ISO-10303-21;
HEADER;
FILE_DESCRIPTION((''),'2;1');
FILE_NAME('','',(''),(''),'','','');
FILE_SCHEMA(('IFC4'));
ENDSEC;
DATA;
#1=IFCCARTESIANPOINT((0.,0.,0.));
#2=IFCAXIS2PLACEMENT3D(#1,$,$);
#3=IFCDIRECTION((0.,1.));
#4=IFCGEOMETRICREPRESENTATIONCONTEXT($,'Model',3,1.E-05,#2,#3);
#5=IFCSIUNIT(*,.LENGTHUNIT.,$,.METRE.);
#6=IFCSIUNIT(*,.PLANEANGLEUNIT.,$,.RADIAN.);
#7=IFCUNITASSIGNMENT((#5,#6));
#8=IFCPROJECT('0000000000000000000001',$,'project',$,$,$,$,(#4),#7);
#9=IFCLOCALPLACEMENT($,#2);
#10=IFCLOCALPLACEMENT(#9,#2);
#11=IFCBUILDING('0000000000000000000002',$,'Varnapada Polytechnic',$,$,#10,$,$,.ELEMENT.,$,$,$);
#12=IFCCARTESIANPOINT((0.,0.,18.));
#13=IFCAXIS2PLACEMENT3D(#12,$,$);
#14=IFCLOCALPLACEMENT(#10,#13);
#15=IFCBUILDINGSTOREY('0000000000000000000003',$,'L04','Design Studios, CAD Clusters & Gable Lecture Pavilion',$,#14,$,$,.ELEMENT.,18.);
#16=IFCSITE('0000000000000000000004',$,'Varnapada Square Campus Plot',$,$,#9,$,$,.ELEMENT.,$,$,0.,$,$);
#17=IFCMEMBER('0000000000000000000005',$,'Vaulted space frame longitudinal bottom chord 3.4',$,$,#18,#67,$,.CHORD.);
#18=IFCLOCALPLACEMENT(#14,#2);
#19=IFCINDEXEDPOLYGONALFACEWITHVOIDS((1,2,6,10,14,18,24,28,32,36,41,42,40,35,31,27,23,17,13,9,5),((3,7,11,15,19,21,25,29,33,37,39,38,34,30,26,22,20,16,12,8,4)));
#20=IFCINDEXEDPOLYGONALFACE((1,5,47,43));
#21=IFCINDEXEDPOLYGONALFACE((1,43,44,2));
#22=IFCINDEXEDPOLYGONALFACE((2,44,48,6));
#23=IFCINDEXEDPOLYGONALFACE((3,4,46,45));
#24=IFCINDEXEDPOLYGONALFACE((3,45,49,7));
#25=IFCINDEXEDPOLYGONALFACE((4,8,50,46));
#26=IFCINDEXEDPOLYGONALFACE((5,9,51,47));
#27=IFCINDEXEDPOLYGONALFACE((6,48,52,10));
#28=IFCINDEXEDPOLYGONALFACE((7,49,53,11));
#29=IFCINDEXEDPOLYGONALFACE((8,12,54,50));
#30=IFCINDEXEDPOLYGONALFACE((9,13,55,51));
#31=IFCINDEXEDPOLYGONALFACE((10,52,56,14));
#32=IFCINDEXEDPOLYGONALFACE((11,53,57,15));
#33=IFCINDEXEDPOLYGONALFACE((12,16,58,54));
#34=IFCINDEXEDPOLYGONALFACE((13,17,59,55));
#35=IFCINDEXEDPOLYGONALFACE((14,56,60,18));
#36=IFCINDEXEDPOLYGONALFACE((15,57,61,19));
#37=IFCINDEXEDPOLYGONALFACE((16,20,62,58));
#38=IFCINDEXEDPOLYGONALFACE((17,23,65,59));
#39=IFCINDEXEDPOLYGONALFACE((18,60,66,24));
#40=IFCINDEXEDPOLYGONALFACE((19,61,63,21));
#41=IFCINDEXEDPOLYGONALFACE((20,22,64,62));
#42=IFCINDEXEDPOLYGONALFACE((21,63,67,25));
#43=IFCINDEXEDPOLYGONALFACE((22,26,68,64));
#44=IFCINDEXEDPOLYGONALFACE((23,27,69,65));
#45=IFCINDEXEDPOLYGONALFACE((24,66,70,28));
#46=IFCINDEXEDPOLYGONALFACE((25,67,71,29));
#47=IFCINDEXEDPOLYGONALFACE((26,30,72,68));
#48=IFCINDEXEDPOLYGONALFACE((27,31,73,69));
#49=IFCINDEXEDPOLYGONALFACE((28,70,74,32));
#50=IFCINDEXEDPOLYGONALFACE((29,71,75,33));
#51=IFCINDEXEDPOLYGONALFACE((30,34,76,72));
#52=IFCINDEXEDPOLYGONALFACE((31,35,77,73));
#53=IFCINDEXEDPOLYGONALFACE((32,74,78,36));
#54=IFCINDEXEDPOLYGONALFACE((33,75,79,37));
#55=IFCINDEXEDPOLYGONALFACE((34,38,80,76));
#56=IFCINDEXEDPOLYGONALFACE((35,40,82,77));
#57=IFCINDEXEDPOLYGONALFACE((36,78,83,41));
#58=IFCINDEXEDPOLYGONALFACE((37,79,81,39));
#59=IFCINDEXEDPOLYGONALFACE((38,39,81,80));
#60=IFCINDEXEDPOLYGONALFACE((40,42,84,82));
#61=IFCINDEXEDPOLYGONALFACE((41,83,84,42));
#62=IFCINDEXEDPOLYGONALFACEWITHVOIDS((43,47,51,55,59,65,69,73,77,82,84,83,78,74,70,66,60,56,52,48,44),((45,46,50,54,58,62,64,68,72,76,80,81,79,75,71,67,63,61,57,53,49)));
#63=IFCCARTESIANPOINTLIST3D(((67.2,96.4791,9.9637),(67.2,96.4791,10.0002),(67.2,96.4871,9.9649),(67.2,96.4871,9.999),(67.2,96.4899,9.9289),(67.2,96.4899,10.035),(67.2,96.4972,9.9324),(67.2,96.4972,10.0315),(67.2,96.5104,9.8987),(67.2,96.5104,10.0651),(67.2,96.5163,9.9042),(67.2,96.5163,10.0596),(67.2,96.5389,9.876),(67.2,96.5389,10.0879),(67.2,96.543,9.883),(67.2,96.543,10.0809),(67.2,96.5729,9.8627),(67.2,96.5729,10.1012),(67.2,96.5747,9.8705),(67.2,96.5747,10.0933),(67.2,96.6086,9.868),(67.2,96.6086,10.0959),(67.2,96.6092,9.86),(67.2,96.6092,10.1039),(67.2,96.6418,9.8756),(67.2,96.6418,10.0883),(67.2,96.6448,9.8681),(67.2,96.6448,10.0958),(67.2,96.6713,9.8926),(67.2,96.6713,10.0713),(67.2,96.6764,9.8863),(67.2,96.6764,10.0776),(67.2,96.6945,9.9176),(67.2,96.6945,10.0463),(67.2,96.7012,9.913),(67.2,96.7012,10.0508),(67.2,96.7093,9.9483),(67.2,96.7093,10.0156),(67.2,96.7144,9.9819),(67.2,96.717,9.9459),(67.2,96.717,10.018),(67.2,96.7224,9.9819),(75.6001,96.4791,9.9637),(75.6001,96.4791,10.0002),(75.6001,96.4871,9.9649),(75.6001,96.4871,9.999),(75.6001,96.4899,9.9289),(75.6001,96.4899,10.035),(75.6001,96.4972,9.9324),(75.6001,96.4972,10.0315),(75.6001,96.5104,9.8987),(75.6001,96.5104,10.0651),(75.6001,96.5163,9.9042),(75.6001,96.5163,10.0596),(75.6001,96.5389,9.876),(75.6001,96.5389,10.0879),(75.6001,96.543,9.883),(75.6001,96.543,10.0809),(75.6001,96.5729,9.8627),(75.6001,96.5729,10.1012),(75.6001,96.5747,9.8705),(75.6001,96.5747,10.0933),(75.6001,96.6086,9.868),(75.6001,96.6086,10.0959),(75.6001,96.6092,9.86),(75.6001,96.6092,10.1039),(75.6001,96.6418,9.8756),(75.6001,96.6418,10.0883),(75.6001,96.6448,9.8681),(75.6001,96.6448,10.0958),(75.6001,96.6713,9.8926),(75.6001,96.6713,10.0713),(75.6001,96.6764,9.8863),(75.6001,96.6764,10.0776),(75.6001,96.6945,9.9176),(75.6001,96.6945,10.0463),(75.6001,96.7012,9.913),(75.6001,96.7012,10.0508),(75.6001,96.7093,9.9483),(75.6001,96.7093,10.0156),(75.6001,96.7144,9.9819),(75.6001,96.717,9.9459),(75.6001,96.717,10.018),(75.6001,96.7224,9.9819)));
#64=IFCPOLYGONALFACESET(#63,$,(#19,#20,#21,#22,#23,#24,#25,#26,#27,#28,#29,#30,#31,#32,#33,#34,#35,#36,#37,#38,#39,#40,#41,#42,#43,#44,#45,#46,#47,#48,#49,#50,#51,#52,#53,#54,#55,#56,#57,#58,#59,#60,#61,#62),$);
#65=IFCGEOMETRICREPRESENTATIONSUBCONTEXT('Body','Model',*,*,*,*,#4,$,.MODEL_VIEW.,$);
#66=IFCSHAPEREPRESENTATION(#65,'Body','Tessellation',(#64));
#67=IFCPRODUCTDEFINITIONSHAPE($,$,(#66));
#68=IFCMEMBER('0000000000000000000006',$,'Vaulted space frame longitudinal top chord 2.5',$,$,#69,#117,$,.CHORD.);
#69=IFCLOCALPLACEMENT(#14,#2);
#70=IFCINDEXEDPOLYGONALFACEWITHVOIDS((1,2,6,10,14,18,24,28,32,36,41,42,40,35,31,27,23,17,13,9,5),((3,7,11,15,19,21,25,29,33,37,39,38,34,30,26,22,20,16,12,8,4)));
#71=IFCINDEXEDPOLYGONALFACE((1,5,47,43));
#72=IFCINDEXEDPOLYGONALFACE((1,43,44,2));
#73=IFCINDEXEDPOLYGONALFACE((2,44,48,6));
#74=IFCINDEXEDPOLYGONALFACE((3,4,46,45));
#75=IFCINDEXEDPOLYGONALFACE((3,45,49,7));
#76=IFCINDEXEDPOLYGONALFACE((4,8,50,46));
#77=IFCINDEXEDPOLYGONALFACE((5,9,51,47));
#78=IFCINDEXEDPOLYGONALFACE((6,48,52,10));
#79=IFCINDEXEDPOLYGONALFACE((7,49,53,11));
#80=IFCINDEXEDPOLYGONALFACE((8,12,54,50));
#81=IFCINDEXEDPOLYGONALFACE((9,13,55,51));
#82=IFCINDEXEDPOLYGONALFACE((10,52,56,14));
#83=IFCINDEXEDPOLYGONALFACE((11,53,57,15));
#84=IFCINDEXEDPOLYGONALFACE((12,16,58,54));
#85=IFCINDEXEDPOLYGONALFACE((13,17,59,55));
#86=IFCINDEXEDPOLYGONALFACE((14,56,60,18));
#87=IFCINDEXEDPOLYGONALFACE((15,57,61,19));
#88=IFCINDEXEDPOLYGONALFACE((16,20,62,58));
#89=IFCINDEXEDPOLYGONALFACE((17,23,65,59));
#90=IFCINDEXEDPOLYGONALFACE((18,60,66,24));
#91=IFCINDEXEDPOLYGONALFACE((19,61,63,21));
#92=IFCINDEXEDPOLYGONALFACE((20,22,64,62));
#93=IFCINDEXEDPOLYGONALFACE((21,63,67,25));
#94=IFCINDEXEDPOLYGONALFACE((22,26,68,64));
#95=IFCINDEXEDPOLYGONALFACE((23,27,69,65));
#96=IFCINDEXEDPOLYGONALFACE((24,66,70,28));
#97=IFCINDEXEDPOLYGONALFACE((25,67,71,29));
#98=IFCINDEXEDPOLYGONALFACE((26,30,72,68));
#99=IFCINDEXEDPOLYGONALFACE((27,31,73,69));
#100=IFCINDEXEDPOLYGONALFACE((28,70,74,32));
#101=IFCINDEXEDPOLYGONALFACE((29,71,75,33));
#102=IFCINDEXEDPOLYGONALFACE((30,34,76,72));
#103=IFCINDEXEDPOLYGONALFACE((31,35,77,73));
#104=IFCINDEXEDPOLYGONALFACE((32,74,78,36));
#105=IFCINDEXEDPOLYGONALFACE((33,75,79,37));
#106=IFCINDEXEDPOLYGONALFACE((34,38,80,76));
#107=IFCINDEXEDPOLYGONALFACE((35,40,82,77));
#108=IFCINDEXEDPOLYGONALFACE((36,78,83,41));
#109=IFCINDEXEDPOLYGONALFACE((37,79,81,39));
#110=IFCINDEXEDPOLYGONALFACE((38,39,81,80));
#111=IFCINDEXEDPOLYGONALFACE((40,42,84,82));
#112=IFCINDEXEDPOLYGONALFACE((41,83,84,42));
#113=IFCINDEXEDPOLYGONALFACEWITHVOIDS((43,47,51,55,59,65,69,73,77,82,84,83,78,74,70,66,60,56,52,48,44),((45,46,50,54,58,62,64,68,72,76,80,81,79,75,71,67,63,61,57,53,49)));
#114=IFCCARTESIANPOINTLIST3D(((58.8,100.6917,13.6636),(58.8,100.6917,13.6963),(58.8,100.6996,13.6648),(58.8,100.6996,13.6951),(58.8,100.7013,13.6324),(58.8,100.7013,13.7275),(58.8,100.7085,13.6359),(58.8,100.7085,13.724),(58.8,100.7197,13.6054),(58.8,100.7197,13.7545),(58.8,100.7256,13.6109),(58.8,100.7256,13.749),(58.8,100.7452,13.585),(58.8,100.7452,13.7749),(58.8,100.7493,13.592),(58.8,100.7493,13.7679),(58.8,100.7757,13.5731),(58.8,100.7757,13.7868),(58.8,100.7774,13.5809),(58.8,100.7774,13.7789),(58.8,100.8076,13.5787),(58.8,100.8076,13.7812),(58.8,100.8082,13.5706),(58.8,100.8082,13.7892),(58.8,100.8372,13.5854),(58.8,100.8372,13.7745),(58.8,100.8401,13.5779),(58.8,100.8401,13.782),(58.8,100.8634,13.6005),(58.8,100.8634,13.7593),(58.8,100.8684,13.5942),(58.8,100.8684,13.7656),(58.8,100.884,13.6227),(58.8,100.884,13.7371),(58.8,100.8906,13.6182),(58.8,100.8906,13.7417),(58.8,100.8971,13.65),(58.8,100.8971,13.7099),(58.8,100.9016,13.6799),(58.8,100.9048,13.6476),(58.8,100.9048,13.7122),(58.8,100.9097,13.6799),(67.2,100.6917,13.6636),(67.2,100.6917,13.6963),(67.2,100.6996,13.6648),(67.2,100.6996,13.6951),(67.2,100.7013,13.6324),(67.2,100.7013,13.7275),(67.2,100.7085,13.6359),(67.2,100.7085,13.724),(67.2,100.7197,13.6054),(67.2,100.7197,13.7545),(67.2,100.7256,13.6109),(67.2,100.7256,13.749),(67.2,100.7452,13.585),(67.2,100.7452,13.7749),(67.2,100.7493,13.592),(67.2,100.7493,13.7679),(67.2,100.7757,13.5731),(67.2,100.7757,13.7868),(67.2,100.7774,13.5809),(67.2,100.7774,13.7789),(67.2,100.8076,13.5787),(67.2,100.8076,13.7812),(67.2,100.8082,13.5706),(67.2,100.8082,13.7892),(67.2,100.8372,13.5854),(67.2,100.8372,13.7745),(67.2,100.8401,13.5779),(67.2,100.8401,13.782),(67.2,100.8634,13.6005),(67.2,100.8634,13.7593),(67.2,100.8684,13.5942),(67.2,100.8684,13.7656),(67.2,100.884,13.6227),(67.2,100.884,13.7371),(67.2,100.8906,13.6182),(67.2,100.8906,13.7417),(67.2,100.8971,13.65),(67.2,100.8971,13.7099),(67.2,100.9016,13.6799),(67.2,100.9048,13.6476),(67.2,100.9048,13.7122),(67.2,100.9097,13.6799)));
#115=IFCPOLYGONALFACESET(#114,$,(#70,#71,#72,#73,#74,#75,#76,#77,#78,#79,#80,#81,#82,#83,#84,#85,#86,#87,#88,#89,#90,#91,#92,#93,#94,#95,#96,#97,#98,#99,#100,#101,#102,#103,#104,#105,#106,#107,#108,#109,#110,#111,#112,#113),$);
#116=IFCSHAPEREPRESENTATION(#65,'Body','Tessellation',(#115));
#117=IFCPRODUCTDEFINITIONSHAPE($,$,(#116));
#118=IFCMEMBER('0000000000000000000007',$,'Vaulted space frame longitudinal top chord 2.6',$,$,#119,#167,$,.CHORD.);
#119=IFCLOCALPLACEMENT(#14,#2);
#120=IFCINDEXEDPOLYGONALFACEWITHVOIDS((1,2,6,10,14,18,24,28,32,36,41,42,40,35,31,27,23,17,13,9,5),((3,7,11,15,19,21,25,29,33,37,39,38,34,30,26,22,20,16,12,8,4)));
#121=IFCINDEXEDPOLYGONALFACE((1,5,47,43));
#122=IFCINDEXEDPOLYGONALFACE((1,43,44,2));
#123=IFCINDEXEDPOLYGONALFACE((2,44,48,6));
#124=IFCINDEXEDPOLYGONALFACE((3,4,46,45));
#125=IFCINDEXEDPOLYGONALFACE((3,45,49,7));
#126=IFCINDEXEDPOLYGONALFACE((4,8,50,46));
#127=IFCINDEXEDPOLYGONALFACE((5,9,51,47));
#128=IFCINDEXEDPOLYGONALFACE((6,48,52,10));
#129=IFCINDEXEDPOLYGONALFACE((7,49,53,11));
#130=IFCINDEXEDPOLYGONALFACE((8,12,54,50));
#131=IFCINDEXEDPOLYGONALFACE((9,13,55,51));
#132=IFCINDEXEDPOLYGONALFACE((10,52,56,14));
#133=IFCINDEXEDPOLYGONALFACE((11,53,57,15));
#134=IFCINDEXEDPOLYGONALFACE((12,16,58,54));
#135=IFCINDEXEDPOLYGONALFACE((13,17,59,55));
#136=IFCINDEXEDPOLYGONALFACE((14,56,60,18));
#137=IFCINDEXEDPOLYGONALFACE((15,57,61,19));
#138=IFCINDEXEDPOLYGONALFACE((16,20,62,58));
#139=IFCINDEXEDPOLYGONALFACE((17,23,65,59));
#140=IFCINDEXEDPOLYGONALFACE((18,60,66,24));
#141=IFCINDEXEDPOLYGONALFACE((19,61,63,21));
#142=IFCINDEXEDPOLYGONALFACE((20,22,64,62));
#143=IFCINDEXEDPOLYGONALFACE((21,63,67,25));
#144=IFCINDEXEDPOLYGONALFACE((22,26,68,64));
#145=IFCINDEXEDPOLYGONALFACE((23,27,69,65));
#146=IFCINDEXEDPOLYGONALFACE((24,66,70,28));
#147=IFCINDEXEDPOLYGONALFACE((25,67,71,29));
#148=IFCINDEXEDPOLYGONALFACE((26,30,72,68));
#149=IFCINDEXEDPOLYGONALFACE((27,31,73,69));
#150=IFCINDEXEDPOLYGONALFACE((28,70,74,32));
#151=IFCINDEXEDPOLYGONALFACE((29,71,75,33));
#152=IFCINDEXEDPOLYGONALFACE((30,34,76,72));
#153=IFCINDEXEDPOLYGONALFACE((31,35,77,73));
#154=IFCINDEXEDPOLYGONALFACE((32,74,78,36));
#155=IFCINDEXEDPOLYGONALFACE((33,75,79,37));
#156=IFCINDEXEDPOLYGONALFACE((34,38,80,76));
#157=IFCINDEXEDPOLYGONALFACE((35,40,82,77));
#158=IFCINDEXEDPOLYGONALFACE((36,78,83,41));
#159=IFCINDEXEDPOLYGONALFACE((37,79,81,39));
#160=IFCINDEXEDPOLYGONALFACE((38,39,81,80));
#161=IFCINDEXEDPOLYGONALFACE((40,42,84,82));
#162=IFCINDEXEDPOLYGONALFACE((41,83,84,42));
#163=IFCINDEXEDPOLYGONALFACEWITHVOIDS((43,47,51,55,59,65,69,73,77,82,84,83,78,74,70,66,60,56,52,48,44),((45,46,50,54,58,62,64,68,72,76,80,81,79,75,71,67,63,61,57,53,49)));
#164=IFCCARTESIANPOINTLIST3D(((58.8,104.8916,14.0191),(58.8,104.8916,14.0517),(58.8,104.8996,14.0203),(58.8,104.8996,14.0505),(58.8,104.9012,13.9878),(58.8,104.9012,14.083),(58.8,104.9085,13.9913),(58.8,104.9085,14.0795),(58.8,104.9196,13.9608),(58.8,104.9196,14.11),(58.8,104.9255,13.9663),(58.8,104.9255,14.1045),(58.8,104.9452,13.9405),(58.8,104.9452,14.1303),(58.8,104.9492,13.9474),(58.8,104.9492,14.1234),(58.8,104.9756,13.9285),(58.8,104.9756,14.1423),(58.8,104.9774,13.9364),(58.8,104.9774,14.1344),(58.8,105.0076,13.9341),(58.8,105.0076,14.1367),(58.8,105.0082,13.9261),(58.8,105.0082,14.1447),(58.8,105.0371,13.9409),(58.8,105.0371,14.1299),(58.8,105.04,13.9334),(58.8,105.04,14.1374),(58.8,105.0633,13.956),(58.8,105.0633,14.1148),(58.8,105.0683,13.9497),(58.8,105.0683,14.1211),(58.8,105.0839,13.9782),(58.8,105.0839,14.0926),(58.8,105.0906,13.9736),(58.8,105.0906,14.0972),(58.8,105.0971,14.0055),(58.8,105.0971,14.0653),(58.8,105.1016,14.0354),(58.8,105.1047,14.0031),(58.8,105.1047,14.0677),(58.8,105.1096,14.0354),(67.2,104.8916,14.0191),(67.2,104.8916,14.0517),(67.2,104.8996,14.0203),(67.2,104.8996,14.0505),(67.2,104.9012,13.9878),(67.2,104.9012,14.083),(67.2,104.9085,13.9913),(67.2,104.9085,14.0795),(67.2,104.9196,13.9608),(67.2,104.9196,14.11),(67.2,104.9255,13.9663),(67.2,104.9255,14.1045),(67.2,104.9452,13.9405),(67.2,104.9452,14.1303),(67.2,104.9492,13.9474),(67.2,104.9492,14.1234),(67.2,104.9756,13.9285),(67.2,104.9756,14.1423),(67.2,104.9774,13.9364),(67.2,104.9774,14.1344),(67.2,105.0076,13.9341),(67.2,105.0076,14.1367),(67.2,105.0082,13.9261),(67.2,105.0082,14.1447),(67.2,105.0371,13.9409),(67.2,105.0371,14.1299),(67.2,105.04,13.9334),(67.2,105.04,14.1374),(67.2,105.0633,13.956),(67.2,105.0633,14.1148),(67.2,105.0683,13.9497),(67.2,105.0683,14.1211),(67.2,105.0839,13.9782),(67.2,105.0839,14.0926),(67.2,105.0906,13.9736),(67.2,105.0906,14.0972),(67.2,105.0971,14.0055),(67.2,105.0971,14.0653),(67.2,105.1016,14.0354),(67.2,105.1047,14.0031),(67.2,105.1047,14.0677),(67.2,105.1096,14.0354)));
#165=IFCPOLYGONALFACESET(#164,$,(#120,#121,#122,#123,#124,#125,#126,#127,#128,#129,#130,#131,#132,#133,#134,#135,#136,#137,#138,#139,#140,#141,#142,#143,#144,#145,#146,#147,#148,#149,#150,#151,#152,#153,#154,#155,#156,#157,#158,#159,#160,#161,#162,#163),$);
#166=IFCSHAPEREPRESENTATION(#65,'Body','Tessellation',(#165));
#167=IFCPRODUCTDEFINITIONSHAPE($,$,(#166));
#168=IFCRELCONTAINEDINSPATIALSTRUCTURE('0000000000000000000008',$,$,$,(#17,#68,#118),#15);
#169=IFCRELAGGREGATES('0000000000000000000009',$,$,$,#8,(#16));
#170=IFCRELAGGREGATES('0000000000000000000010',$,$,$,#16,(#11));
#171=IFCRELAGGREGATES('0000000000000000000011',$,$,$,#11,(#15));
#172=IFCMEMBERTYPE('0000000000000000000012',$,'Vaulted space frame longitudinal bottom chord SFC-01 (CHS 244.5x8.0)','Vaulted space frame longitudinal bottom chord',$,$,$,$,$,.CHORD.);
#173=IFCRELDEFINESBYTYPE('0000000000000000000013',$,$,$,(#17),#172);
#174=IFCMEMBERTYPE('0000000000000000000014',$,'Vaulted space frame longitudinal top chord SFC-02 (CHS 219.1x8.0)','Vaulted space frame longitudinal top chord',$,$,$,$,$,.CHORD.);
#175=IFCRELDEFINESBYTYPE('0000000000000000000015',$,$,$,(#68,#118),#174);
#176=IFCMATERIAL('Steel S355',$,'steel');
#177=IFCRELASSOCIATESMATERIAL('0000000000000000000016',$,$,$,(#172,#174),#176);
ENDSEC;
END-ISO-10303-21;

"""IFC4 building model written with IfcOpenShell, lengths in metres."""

from ifc_helpers import new_model, si_unit, direction, frame, origin, origin_2d, place, context, subcontext, project, spatial, hollow_circle, extrude, material, material_profile, profile_set, type_object, element, save


model = new_model("IFC4")

# Units and contexts
model_context = context("Model", 3, precision=1e-05, world=origin(), true_north=direction((0.0, 1.0)))
body_context = subcontext(model_context, "Body", "Model", "MODEL_VIEW")
ifc_project = project(units=[si_unit("LENGTHUNIT", "METRE"), si_unit("PLANEANGLEUNIT", "RADIAN")], contexts=[model_context])

# Site, building, storey
site_placement = place(None, origin())
site = spatial("IfcSite", under=ifc_project, at=site_placement, Name="Varnapada Square Campus Plot", CompositionType="ELEMENT", RefElevation=0.0)
building_placement = place(site_placement, origin())
building = spatial("IfcBuilding", under=site, at=building_placement, Name="Varnapada Polytechnic", CompositionType="ELEMENT")
storey_placement = place(building_placement, frame((0.0, 0.0, 18.0)))
storey = spatial("IfcBuildingStorey", under=building, at=storey_placement, Name="L04", Description="Design Studios, CAD Clusters & Gable Lecture Pavilion", CompositionType="ELEMENT", Elevation=18.0)

# Members
ifc_material = material(Name="Steel S355", Category="steel")
ifc_material_profile_1 = material_profile(ifc_material, hollow_circle(Radius=0.1223, WallThickness=0.0081, at=origin_2d()), Name="CHS 244.5x8.0")
ifc_profile_set_1 = profile_set([ifc_material_profile_1], Name="Steel S355")
member_type_1 = type_object("IfcMemberType", Name="Vaulted space frame longitudinal bottom chord SFC-01 (CHS 244.5x8.0)", Description="Vaulted space frame longitudinal bottom chord", PredefinedType="CHORD", material=ifc_profile_set_1)
member_1_placement = place(storey_placement, frame((67.2, 96.6001, 9.9819), z_axis=(1.0, 0.0, 0.0), x_axis=(0.0, 1.0, 0.0)))
element("IfcMember", 1, at=member_1_placement, inside=storey, type_object=member_type_1, Name="Vaulted space frame longitudinal bottom chord 3.4", PredefinedType="CHORD", context=body_context, shape_type="SweptSolid", body=[
    extrude(hollow_circle(Radius=0.1223, WallThickness=0.0081, at=origin_2d()), origin(), (0.0, 0.0, 1.0), 8.4001),
])
ifc_material_profile_2 = material_profile(ifc_material, hollow_circle(Radius=0.1096, WallThickness=0.0081, at=origin_2d()), Name="CHS 219.1x8.0")
ifc_profile_set_2 = profile_set([ifc_material_profile_2], Name="Steel S355")
member_type_2 = type_object("IfcMemberType", Name="Vaulted space frame longitudinal top chord SFC-02 (CHS 219.1x8.0)", Description="Vaulted space frame longitudinal top chord", PredefinedType="CHORD", material=ifc_profile_set_2)
for number, where, z_axis, x_axis, name in (
    (2, (58.8, 100.8, 13.6799), (1.0, 0.0, 0.0), (0.0, 1.0, 0.0), "Vaulted space frame longitudinal top chord 2.5"),
    (3, (58.8, 105.0, 14.0354), (1.0, 0.0, 0.0), (0.0, 1.0, 0.0), "Vaulted space frame longitudinal top chord 2.6"),
):
    element("IfcMember", number, at=place(storey_placement, frame(where, z_axis=z_axis, x_axis=x_axis)), inside=storey, type_object=member_type_2, Name=name, PredefinedType="CHORD", context=body_context, shape_type="SweptSolid", body=[
        extrude(hollow_circle(Radius=0.1096, WallThickness=0.0081, at=origin_2d()), origin(), (0.0, 0.0, 1.0), 8.3999),
    ])

save(model, "model.ifc")
